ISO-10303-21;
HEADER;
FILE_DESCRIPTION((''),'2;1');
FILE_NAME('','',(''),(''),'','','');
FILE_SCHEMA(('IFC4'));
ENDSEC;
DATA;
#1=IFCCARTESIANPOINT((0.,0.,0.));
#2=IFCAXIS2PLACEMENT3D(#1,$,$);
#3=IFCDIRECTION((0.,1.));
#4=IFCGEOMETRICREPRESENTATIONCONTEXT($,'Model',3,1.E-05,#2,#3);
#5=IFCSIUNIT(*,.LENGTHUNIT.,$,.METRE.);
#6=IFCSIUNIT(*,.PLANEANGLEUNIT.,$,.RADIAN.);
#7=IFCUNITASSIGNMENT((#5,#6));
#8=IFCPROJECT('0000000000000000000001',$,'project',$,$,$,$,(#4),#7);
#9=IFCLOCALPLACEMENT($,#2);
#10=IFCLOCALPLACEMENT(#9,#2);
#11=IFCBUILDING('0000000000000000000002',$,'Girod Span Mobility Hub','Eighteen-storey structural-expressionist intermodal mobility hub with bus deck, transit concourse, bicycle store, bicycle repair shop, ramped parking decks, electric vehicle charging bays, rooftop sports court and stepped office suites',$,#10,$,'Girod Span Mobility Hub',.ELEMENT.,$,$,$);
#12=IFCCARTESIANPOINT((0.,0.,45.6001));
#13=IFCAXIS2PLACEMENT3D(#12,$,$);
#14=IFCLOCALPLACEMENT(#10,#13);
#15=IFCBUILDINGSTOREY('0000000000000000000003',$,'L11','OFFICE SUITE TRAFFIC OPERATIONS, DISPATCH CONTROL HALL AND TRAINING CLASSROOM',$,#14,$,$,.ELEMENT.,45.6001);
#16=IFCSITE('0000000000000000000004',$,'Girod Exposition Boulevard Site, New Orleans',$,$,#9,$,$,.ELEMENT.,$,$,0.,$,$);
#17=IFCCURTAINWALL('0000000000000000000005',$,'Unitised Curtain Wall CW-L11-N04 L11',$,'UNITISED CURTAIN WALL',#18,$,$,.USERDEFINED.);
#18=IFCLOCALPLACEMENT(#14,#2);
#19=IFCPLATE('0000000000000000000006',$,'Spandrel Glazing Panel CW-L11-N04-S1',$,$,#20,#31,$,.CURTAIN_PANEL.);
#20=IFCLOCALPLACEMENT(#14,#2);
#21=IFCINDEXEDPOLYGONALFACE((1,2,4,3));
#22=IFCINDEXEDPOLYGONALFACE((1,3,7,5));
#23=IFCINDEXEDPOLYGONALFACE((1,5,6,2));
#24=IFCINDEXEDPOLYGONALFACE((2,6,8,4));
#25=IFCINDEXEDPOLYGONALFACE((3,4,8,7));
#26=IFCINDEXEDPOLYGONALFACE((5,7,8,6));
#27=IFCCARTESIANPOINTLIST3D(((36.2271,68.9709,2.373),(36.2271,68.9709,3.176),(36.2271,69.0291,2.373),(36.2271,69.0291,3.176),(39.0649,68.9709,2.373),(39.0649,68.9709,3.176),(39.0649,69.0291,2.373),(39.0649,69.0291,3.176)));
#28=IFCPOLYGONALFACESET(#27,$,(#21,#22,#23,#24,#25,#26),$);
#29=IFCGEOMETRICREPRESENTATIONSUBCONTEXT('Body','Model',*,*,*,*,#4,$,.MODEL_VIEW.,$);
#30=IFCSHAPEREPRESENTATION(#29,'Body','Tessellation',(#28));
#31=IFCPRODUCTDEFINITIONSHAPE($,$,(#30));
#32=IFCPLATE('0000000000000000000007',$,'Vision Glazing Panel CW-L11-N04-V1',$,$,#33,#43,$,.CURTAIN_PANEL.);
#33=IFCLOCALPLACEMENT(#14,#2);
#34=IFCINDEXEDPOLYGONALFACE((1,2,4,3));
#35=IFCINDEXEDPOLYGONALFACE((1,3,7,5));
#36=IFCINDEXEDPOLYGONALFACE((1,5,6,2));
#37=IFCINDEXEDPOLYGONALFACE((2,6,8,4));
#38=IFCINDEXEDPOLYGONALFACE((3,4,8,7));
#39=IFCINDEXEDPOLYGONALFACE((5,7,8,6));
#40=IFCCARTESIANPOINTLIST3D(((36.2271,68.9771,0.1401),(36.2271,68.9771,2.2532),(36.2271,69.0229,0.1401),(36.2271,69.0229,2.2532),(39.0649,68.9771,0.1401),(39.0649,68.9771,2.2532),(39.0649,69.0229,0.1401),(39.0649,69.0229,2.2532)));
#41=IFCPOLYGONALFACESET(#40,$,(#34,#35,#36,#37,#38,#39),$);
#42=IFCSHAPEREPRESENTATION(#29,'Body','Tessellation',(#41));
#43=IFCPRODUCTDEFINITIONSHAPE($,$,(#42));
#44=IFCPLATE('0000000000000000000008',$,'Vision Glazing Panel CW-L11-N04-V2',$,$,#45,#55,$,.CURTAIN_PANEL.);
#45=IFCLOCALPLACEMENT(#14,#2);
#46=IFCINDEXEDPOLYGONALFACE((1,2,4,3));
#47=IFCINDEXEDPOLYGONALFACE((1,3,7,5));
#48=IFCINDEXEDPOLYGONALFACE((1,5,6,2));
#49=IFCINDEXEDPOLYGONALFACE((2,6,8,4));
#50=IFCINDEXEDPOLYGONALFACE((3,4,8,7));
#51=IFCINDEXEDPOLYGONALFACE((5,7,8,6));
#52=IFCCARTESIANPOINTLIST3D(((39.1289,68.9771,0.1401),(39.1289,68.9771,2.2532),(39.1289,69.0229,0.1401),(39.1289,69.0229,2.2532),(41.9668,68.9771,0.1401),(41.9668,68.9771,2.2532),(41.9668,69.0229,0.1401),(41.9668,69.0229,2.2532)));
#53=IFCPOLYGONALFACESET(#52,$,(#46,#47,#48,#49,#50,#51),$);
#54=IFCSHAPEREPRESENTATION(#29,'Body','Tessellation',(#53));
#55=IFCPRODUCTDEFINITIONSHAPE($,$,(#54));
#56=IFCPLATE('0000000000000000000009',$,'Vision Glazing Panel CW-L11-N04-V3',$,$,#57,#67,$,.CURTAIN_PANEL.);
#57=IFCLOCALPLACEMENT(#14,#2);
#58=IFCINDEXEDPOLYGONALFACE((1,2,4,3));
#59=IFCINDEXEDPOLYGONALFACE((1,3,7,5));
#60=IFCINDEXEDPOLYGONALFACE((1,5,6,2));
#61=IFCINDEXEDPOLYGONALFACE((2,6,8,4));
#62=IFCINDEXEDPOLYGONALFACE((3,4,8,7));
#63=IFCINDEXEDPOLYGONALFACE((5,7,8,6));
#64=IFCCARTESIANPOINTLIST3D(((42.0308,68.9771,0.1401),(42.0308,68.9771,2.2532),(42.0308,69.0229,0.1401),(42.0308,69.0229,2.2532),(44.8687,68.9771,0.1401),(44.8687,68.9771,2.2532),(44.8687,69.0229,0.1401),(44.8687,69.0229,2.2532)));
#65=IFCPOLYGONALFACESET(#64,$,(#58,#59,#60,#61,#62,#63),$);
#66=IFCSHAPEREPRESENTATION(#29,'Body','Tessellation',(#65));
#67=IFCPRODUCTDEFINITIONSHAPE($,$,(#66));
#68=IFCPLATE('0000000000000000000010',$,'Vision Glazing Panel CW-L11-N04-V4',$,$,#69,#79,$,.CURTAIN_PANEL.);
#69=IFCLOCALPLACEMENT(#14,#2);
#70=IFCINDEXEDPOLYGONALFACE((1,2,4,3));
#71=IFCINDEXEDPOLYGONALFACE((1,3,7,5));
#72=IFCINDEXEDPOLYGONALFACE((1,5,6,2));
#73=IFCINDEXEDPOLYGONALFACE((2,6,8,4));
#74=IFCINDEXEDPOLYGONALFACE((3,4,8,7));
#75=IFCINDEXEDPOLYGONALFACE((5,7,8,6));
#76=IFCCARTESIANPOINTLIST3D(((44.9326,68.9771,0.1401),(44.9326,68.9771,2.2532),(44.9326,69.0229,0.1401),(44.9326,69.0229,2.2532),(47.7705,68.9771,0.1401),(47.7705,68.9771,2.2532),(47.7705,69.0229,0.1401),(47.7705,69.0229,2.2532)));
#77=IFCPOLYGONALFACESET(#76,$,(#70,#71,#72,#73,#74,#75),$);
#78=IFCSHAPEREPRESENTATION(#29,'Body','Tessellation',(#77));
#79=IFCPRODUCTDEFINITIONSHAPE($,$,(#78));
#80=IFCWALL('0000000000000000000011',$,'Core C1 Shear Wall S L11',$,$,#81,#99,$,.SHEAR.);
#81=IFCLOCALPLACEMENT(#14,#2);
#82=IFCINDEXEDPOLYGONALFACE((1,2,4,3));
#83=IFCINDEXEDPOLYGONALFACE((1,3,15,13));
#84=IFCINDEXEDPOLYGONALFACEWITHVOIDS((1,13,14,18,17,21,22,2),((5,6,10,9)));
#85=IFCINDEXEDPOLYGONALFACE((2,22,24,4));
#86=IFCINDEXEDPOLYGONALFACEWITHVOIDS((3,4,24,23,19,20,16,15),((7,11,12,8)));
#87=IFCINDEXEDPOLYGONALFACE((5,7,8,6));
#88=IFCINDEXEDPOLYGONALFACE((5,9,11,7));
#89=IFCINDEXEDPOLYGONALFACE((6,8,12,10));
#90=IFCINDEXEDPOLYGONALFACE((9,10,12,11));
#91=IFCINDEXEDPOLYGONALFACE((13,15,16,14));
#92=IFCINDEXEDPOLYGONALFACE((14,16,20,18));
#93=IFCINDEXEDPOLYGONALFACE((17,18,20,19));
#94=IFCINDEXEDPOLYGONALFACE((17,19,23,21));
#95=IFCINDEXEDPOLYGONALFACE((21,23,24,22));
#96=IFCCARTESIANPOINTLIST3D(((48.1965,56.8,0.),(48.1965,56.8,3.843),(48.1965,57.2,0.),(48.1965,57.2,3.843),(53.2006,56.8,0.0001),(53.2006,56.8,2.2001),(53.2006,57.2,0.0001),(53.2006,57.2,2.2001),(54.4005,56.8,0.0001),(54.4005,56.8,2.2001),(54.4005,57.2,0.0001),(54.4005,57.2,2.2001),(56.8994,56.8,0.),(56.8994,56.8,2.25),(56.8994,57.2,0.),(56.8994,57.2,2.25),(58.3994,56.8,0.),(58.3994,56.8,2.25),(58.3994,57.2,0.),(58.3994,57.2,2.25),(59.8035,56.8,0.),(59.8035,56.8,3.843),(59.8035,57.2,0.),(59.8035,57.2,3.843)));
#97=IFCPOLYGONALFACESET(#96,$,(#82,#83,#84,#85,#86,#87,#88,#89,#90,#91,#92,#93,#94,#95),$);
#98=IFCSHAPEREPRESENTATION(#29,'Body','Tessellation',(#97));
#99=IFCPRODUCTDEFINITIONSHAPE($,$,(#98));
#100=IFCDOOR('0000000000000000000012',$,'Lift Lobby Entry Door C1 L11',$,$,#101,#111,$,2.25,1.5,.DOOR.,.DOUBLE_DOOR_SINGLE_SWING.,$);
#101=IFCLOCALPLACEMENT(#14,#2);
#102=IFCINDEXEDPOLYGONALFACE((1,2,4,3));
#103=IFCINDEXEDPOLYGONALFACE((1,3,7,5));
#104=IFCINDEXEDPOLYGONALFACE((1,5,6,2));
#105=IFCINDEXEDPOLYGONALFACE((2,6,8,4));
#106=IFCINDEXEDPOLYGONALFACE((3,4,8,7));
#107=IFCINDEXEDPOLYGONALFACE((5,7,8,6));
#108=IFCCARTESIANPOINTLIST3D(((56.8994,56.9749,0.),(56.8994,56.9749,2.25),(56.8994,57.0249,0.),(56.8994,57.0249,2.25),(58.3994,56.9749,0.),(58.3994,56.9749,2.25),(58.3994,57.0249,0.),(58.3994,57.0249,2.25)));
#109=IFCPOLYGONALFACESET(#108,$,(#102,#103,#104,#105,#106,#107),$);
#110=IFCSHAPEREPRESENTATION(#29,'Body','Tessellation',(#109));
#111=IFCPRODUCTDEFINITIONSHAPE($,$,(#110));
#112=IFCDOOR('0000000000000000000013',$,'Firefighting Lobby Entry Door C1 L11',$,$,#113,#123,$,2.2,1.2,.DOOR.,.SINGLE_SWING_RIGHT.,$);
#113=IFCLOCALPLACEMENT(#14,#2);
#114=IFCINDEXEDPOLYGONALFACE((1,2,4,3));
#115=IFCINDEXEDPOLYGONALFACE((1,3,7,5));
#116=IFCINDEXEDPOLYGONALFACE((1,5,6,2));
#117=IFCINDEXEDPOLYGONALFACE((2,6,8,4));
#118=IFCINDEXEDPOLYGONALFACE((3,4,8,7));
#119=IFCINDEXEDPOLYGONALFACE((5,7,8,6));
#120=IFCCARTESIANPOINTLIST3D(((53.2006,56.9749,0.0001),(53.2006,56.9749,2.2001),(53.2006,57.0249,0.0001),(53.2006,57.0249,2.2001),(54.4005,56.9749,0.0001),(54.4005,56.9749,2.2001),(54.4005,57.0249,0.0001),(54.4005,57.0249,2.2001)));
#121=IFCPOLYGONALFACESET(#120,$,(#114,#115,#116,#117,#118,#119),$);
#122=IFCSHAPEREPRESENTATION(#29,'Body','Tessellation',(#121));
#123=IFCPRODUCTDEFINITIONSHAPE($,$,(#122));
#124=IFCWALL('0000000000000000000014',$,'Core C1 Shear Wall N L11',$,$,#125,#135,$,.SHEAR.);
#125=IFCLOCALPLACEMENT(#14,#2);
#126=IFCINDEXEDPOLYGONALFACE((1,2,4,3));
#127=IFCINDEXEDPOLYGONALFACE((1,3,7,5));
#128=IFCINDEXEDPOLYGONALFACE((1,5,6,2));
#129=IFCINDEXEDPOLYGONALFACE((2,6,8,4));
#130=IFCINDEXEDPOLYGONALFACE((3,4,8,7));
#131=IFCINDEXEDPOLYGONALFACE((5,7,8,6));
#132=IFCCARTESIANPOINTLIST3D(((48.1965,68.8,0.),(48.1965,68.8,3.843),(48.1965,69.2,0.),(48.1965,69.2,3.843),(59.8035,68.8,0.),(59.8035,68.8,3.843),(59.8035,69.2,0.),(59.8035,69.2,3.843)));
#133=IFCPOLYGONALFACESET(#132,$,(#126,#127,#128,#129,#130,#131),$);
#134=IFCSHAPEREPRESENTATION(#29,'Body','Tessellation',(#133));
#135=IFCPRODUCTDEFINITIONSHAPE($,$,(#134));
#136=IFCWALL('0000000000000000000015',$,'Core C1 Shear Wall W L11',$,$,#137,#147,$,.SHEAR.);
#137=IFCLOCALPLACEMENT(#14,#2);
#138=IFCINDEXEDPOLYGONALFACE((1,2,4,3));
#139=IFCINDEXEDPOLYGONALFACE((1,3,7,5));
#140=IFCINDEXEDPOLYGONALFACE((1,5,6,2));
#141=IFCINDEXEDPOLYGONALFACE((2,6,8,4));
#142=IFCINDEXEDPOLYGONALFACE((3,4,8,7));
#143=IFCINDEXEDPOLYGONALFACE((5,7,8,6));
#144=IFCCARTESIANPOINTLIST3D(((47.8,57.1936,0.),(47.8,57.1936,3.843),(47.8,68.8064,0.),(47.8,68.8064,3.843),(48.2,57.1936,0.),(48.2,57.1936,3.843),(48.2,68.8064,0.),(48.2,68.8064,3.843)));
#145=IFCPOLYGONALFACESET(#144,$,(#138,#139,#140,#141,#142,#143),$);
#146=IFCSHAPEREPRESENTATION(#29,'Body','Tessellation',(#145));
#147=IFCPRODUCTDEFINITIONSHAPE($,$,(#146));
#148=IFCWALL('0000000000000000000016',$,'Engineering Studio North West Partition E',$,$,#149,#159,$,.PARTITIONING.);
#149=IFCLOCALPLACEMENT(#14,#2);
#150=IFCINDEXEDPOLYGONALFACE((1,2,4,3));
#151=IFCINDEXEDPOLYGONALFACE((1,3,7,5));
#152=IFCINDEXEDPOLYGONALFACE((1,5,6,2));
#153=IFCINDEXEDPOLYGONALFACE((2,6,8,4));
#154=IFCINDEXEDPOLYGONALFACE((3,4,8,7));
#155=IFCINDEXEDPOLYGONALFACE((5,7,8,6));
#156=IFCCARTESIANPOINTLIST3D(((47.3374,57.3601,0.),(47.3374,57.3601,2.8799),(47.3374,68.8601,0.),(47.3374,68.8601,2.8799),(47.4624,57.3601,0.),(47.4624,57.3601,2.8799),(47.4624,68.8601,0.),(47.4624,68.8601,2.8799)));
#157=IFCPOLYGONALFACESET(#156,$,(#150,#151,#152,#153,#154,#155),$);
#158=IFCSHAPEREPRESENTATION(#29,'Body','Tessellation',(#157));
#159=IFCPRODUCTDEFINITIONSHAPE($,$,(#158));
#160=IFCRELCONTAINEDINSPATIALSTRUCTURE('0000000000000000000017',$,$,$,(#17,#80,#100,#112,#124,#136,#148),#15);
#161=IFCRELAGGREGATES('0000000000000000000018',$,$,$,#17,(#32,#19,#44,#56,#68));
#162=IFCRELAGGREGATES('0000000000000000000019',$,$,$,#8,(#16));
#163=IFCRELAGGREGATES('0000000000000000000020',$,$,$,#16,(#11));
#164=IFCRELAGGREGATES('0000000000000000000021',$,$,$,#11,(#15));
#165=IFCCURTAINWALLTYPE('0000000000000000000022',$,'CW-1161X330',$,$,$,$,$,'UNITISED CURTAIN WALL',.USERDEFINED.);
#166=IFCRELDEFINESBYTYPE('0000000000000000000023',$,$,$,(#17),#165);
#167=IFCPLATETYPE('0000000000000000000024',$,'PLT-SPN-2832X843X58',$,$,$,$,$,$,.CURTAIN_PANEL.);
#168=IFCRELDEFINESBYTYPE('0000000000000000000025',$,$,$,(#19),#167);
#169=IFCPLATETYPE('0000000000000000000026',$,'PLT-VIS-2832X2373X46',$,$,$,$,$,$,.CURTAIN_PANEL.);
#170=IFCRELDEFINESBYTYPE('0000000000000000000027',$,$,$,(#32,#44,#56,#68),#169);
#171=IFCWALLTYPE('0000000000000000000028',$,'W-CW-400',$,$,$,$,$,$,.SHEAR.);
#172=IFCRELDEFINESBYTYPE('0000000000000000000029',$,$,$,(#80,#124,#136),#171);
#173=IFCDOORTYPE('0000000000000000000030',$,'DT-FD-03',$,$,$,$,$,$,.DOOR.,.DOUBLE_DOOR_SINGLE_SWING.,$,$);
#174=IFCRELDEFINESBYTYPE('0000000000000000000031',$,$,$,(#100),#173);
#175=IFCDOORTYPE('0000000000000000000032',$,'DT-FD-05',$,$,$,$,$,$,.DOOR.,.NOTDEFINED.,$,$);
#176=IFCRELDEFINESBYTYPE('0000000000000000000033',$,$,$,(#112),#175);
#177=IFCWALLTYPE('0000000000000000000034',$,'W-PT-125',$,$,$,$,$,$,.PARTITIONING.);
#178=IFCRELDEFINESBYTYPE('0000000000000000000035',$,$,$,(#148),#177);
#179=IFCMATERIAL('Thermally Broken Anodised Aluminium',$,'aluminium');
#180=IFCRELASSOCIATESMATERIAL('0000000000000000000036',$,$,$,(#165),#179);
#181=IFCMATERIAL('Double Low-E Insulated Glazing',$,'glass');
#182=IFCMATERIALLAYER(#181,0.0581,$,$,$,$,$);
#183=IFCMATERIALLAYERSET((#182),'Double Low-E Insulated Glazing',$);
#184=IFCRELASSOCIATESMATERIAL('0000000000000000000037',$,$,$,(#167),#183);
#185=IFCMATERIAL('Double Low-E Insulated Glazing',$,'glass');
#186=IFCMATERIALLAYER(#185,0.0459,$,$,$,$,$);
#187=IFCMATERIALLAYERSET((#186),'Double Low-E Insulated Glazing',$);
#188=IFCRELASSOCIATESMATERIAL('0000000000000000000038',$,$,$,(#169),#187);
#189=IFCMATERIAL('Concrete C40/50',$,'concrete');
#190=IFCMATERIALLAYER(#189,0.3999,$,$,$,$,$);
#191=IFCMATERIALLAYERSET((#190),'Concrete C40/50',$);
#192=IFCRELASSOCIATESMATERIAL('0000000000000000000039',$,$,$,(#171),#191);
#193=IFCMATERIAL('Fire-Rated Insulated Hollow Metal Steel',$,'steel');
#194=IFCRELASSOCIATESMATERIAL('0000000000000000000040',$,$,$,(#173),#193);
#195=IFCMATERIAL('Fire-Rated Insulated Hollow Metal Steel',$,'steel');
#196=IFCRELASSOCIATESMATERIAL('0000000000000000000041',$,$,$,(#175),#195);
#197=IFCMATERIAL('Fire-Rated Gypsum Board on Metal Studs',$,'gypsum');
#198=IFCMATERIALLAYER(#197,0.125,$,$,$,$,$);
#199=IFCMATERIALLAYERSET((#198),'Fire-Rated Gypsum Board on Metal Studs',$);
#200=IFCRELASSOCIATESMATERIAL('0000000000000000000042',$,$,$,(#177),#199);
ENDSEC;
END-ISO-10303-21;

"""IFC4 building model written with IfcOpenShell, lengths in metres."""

from ifc_helpers import new_model, si_unit, direction, frame, frame_2d, origin, origin_2d, place, context, subcontext, project, spatial, rectangle, extrude, material, layer, layer_set, type_object, element, fill, aggregate, save


model = new_model("IFC4")

# Units and contexts
model_context = context("Model", 3, precision=1e-05, world=origin(), true_north=direction((0.0, 1.0)))
body_context = subcontext(model_context, "Body", "Model", "MODEL_VIEW")
ifc_project = project(units=[si_unit("LENGTHUNIT", "METRE"), si_unit("PLANEANGLEUNIT", "RADIAN")], contexts=[model_context])

# Site, building, storey
site_placement = place(None, origin())
site = spatial("IfcSite", under=ifc_project, at=site_placement, Name="Girod Exposition Boulevard Site, New Orleans", CompositionType="ELEMENT", RefElevation=0.0)
building_placement = place(site_placement, origin())
building = spatial("IfcBuilding", under=site, at=building_placement, Name="Girod Span Mobility Hub", Description="Eighteen-storey structural-expressionist intermodal mobility hub with bus deck, transit concourse, bicycle store, bicycle repair shop, ramped parking decks, electric vehicle charging bays, rooftop sports court and stepped office suites", LongName="Girod Span Mobility Hub", CompositionType="ELEMENT")
storey_placement = place(building_placement, frame((0.0, 0.0, 45.6001)))
storey = spatial("IfcBuildingStorey", under=building, at=storey_placement, Name="L11", Description="OFFICE SUITE TRAFFIC OPERATIONS, DISPATCH CONTROL HALL AND TRAINING CLASSROOM", CompositionType="ELEMENT", Elevation=45.6001)

# Curtain wall
ifc_material_1 = material(Name="Thermally Broken Anodised Aluminium", Category="aluminium")
curtain_wall_type = type_object("IfcCurtainWallType", Name="CW-1161X330", ElementType="UNITISED CURTAIN WALL", PredefinedType="USERDEFINED", material=ifc_material_1)
curtain_wall_placement = place(storey_placement, origin())
curtain_wall = element("IfcCurtainWall", 1, at=curtain_wall_placement, inside=storey, type_object=curtain_wall_type, Name="Unitised Curtain Wall CW-L11-N04 L11", ObjectType="UNITISED CURTAIN WALL", PredefinedType="USERDEFINED")

# Plates
ifc_material_2 = material(Name="Double Low-E Insulated Glazing", Category="glass")
ifc_layer_1 = layer(ifc_material_2, 0.0581)
ifc_layer_set_1 = layer_set([ifc_layer_1], Name="Double Low-E Insulated Glazing")
plate_type_1 = type_object("IfcPlateType", Name="PLT-SPN-2832X843X58", PredefinedType="CURTAIN_PANEL", material=ifc_layer_set_1)
plate_1_placement = place(storey_placement, frame((37.646, 69.0, 2.373), z_axis=(0.0, 0.0, 1.0), x_axis=(1.0, 0.0, 0.0)))
plate_1 = element("IfcPlate", 2, at=plate_1_placement, type_object=plate_type_1, Name="Spandrel Glazing Panel CW-L11-N04-S1", PredefinedType="CURTAIN_PANEL", context=body_context, shape_type="SweptSolid", body=[
    extrude(rectangle(XDim=2.8379, YDim=0.0581, at=origin_2d()), origin(), (0.0, 0.0, 1.0), 0.803),
])
ifc_material_3 = material(Name="Double Low-E Insulated Glazing", Category="glass")
ifc_layer_2 = layer(ifc_material_3, 0.0459)
ifc_layer_set_2 = layer_set([ifc_layer_2], Name="Double Low-E Insulated Glazing")
plate_type_2 = type_object("IfcPlateType", Name="PLT-VIS-2832X2373X46", PredefinedType="CURTAIN_PANEL", material=ifc_layer_set_2)
plate_2_placement = place(storey_placement, frame((37.646, 69.0, 0.1401), z_axis=(0.0, 0.0, 1.0), x_axis=(1.0, 0.0, 0.0)))
plate_2 = element("IfcPlate", 3, at=plate_2_placement, type_object=plate_type_2, Name="Vision Glazing Panel CW-L11-N04-V1", PredefinedType="CURTAIN_PANEL", context=body_context, shape_type="SweptSolid", body=[
    extrude(rectangle(XDim=2.8379, YDim=0.0459, at=origin_2d()), origin(), (0.0, 0.0, 1.0), 2.113),
])
plate_3_placement = place(storey_placement, frame((40.5479, 69.0, 0.1401), z_axis=(0.0, 0.0, 1.0), x_axis=(1.0, 0.0, 0.0)))
plate_3 = element("IfcPlate", 4, at=plate_3_placement, type_object=plate_type_2, Name="Vision Glazing Panel CW-L11-N04-V2", PredefinedType="CURTAIN_PANEL", context=body_context, shape_type="SweptSolid", body=[
    extrude(rectangle(XDim=2.8379, YDim=0.0459, at=origin_2d()), origin(), (0.0, 0.0, 1.0), 2.113),
])
plate_4_placement = place(storey_placement, frame((43.4497, 69.0, 0.1401), z_axis=(0.0, 0.0, 1.0), x_axis=(1.0, 0.0, 0.0)))
plate_4 = element("IfcPlate", 5, at=plate_4_placement, type_object=plate_type_2, Name="Vision Glazing Panel CW-L11-N04-V3", PredefinedType="CURTAIN_PANEL", context=body_context, shape_type="SweptSolid", body=[
    extrude(rectangle(XDim=2.8379, YDim=0.0459, at=origin_2d()), origin(), (0.0, 0.0, 1.0), 2.113),
])
plate_5_placement = place(storey_placement, frame((46.3516, 69.0, 0.1401), z_axis=(0.0, 0.0, 1.0), x_axis=(1.0, 0.0, 0.0)))
plate_5 = element("IfcPlate", 6, at=plate_5_placement, type_object=plate_type_2, Name="Vision Glazing Panel CW-L11-N04-V4", PredefinedType="CURTAIN_PANEL", context=body_context, shape_type="SweptSolid", body=[
    extrude(rectangle(XDim=2.8379, YDim=0.0459, at=origin_2d()), origin(), (0.0, 0.0, 1.0), 2.113),
])
aggregate(curtain_wall, [plate_2, plate_1, plate_3, plate_4, plate_5])

# Wall, openings, doors
ifc_material_4 = material(Name="Concrete C40/50", Category="concrete")
ifc_layer_3 = layer(ifc_material_4, 0.3999)
ifc_layer_set_3 = layer_set([ifc_layer_3], Name="Concrete C40/50")
wall_type_1 = type_object("IfcWallType", Name="W-CW-400", PredefinedType="SHEAR", material=ifc_layer_set_3)
wall_1_placement = place(storey_placement, frame((48.1965, 57.0, 0.0), z_axis=(0.0, 0.0, 1.0), x_axis=(1.0, 0.0, 0.0)))
wall_1 = element("IfcWall", 7, at=wall_1_placement, inside=storey, type_object=wall_type_1, Name="Core C1 Shear Wall S L11", PredefinedType="SHEAR", context=body_context, shape_type="SweptSolid", body=[
    extrude(rectangle(XDim=11.6069, YDim=0.3999, at=frame_2d((5.8035, 0.0))), origin(), (0.0, 0.0, 1.0), 3.843),
])
opening_1_placement = place(wall_1_placement, frame((5.0039, 0.0, 0.0)))
opening_1 = element("IfcOpeningElement", 8, at=opening_1_placement, cuts=wall_1, PredefinedType="OPENING", context=body_context, shape_type="SweptSolid", body=[
    extrude(rectangle(XDim=1.2, YDim=2.2, at=frame_2d((0.6001, 1.1001))), frame((0.0, 0.2148, 0.0), z_axis=(0.0, -1.0, 0.0), x_axis=(1.0, 0.0, 0.0)), (0.0, 0.0, 1.0), 0.4299),
])
opening_2_placement = place(wall_1_placement, frame((8.7029, 0.0, 0.0)))
opening_2 = element("IfcOpeningElement", 9, at=opening_2_placement, cuts=wall_1, PredefinedType="OPENING", context=body_context, shape_type="SweptSolid", body=[
    extrude(rectangle(XDim=1.5, YDim=2.25, at=frame_2d((0.75, 1.125))), frame((0.0, 0.2148, 0.0), z_axis=(0.0, -1.0, 0.0), x_axis=(1.0, 0.0, 0.0)), (0.0, 0.0, 1.0), 0.4299),
])
ifc_material_5 = material(Name="Fire-Rated Insulated Hollow Metal Steel", Category="steel")
door_type_1 = type_object("IfcDoorType", Name="DT-FD-03", OperationType="DOUBLE_DOOR_SINGLE_SWING", PredefinedType="DOOR", material=ifc_material_5)
door_1_placement = place(opening_2_placement, origin())
door_1 = element("IfcDoor", 10, at=door_1_placement, inside=storey, type_object=door_type_1, Name="Lift Lobby Entry Door C1 L11", OperationType="DOUBLE_DOOR_SINGLE_SWING", OverallHeight=2.25, OverallWidth=1.5, PredefinedType="DOOR", context=body_context, shape_type="SweptSolid", body=[
    extrude(rectangle(XDim=1.5, YDim=2.25, at=frame_2d((0.75, 1.125))), frame((0.0, 0.0249, 0.0), z_axis=(0.0, -1.0, 0.0), x_axis=(1.0, 0.0, 0.0)), (0.0, 0.0, 1.0), 0.05),
])
fill(opening_2, door_1)
ifc_material_6 = material(Name="Fire-Rated Insulated Hollow Metal Steel", Category="steel")
door_type_2 = type_object("IfcDoorType", Name="DT-FD-05", OperationType="NOTDEFINED", PredefinedType="DOOR", material=ifc_material_6)
door_2_placement = place(opening_1_placement, origin())
door_2 = element("IfcDoor", 11, at=door_2_placement, inside=storey, type_object=door_type_2, Name="Firefighting Lobby Entry Door C1 L11", OperationType="SINGLE_SWING_RIGHT", OverallHeight=2.2, OverallWidth=1.2, PredefinedType="DOOR", context=body_context, shape_type="SweptSolid", body=[
    extrude(rectangle(XDim=1.2, YDim=2.2, at=frame_2d((0.6001, 1.1001))), frame((0.0, 0.0249, 0.0), z_axis=(0.0, -1.0, 0.0), x_axis=(1.0, 0.0, 0.0)), (0.0, 0.0, 1.0), 0.05),
])
fill(opening_1, door_2)

# Walls
wall_2_placement = place(storey_placement, frame((48.1965, 69.0, 0.0), z_axis=(0.0, 0.0, 1.0), x_axis=(1.0, 0.0, 0.0)))
element("IfcWall", 12, at=wall_2_placement, inside=storey, type_object=wall_type_1, Name="Core C1 Shear Wall N L11", PredefinedType="SHEAR", context=body_context, shape_type="SweptSolid", body=[
    extrude(rectangle(XDim=11.6069, YDim=0.3999, at=frame_2d((5.8035, 0.0))), origin(), (0.0, 0.0, 1.0), 3.843),
])
wall_3_placement = place(storey_placement, frame((48.0, 57.1936, 0.0), z_axis=(0.0, 0.0, 1.0), x_axis=(0.0, 1.0, 0.0)))
element("IfcWall", 13, at=wall_3_placement, inside=storey, type_object=wall_type_1, Name="Core C1 Shear Wall W L11", PredefinedType="SHEAR", context=body_context, shape_type="SweptSolid", body=[
    extrude(rectangle(XDim=11.6128, YDim=0.3999, at=frame_2d((5.8064, 0.0))), origin(), (0.0, 0.0, 1.0), 3.843),
])
ifc_material_7 = material(Name="Fire-Rated Gypsum Board on Metal Studs", Category="gypsum")
ifc_layer_4 = layer(ifc_material_7, 0.125)
ifc_layer_set_4 = layer_set([ifc_layer_4], Name="Fire-Rated Gypsum Board on Metal Studs")
wall_type_2 = type_object("IfcWallType", Name="W-PT-125", PredefinedType="PARTITIONING", material=ifc_layer_set_4)
wall_4_placement = place(storey_placement, frame((47.3999, 57.3601, 0.0), z_axis=(0.0, 0.0, 1.0), x_axis=(0.0, 1.0, 0.0)))
element("IfcWall", 14, at=wall_4_placement, inside=storey, type_object=wall_type_2, Name="Engineering Studio North West Partition E", PredefinedType="PARTITIONING", context=body_context, shape_type="SweptSolid", body=[
    extrude(rectangle(XDim=11.5, YDim=0.125, at=frame_2d((5.75, 0.0))), origin(), (0.0, 0.0, 1.0), 2.8799),
])

save(model, "model.ifc")
